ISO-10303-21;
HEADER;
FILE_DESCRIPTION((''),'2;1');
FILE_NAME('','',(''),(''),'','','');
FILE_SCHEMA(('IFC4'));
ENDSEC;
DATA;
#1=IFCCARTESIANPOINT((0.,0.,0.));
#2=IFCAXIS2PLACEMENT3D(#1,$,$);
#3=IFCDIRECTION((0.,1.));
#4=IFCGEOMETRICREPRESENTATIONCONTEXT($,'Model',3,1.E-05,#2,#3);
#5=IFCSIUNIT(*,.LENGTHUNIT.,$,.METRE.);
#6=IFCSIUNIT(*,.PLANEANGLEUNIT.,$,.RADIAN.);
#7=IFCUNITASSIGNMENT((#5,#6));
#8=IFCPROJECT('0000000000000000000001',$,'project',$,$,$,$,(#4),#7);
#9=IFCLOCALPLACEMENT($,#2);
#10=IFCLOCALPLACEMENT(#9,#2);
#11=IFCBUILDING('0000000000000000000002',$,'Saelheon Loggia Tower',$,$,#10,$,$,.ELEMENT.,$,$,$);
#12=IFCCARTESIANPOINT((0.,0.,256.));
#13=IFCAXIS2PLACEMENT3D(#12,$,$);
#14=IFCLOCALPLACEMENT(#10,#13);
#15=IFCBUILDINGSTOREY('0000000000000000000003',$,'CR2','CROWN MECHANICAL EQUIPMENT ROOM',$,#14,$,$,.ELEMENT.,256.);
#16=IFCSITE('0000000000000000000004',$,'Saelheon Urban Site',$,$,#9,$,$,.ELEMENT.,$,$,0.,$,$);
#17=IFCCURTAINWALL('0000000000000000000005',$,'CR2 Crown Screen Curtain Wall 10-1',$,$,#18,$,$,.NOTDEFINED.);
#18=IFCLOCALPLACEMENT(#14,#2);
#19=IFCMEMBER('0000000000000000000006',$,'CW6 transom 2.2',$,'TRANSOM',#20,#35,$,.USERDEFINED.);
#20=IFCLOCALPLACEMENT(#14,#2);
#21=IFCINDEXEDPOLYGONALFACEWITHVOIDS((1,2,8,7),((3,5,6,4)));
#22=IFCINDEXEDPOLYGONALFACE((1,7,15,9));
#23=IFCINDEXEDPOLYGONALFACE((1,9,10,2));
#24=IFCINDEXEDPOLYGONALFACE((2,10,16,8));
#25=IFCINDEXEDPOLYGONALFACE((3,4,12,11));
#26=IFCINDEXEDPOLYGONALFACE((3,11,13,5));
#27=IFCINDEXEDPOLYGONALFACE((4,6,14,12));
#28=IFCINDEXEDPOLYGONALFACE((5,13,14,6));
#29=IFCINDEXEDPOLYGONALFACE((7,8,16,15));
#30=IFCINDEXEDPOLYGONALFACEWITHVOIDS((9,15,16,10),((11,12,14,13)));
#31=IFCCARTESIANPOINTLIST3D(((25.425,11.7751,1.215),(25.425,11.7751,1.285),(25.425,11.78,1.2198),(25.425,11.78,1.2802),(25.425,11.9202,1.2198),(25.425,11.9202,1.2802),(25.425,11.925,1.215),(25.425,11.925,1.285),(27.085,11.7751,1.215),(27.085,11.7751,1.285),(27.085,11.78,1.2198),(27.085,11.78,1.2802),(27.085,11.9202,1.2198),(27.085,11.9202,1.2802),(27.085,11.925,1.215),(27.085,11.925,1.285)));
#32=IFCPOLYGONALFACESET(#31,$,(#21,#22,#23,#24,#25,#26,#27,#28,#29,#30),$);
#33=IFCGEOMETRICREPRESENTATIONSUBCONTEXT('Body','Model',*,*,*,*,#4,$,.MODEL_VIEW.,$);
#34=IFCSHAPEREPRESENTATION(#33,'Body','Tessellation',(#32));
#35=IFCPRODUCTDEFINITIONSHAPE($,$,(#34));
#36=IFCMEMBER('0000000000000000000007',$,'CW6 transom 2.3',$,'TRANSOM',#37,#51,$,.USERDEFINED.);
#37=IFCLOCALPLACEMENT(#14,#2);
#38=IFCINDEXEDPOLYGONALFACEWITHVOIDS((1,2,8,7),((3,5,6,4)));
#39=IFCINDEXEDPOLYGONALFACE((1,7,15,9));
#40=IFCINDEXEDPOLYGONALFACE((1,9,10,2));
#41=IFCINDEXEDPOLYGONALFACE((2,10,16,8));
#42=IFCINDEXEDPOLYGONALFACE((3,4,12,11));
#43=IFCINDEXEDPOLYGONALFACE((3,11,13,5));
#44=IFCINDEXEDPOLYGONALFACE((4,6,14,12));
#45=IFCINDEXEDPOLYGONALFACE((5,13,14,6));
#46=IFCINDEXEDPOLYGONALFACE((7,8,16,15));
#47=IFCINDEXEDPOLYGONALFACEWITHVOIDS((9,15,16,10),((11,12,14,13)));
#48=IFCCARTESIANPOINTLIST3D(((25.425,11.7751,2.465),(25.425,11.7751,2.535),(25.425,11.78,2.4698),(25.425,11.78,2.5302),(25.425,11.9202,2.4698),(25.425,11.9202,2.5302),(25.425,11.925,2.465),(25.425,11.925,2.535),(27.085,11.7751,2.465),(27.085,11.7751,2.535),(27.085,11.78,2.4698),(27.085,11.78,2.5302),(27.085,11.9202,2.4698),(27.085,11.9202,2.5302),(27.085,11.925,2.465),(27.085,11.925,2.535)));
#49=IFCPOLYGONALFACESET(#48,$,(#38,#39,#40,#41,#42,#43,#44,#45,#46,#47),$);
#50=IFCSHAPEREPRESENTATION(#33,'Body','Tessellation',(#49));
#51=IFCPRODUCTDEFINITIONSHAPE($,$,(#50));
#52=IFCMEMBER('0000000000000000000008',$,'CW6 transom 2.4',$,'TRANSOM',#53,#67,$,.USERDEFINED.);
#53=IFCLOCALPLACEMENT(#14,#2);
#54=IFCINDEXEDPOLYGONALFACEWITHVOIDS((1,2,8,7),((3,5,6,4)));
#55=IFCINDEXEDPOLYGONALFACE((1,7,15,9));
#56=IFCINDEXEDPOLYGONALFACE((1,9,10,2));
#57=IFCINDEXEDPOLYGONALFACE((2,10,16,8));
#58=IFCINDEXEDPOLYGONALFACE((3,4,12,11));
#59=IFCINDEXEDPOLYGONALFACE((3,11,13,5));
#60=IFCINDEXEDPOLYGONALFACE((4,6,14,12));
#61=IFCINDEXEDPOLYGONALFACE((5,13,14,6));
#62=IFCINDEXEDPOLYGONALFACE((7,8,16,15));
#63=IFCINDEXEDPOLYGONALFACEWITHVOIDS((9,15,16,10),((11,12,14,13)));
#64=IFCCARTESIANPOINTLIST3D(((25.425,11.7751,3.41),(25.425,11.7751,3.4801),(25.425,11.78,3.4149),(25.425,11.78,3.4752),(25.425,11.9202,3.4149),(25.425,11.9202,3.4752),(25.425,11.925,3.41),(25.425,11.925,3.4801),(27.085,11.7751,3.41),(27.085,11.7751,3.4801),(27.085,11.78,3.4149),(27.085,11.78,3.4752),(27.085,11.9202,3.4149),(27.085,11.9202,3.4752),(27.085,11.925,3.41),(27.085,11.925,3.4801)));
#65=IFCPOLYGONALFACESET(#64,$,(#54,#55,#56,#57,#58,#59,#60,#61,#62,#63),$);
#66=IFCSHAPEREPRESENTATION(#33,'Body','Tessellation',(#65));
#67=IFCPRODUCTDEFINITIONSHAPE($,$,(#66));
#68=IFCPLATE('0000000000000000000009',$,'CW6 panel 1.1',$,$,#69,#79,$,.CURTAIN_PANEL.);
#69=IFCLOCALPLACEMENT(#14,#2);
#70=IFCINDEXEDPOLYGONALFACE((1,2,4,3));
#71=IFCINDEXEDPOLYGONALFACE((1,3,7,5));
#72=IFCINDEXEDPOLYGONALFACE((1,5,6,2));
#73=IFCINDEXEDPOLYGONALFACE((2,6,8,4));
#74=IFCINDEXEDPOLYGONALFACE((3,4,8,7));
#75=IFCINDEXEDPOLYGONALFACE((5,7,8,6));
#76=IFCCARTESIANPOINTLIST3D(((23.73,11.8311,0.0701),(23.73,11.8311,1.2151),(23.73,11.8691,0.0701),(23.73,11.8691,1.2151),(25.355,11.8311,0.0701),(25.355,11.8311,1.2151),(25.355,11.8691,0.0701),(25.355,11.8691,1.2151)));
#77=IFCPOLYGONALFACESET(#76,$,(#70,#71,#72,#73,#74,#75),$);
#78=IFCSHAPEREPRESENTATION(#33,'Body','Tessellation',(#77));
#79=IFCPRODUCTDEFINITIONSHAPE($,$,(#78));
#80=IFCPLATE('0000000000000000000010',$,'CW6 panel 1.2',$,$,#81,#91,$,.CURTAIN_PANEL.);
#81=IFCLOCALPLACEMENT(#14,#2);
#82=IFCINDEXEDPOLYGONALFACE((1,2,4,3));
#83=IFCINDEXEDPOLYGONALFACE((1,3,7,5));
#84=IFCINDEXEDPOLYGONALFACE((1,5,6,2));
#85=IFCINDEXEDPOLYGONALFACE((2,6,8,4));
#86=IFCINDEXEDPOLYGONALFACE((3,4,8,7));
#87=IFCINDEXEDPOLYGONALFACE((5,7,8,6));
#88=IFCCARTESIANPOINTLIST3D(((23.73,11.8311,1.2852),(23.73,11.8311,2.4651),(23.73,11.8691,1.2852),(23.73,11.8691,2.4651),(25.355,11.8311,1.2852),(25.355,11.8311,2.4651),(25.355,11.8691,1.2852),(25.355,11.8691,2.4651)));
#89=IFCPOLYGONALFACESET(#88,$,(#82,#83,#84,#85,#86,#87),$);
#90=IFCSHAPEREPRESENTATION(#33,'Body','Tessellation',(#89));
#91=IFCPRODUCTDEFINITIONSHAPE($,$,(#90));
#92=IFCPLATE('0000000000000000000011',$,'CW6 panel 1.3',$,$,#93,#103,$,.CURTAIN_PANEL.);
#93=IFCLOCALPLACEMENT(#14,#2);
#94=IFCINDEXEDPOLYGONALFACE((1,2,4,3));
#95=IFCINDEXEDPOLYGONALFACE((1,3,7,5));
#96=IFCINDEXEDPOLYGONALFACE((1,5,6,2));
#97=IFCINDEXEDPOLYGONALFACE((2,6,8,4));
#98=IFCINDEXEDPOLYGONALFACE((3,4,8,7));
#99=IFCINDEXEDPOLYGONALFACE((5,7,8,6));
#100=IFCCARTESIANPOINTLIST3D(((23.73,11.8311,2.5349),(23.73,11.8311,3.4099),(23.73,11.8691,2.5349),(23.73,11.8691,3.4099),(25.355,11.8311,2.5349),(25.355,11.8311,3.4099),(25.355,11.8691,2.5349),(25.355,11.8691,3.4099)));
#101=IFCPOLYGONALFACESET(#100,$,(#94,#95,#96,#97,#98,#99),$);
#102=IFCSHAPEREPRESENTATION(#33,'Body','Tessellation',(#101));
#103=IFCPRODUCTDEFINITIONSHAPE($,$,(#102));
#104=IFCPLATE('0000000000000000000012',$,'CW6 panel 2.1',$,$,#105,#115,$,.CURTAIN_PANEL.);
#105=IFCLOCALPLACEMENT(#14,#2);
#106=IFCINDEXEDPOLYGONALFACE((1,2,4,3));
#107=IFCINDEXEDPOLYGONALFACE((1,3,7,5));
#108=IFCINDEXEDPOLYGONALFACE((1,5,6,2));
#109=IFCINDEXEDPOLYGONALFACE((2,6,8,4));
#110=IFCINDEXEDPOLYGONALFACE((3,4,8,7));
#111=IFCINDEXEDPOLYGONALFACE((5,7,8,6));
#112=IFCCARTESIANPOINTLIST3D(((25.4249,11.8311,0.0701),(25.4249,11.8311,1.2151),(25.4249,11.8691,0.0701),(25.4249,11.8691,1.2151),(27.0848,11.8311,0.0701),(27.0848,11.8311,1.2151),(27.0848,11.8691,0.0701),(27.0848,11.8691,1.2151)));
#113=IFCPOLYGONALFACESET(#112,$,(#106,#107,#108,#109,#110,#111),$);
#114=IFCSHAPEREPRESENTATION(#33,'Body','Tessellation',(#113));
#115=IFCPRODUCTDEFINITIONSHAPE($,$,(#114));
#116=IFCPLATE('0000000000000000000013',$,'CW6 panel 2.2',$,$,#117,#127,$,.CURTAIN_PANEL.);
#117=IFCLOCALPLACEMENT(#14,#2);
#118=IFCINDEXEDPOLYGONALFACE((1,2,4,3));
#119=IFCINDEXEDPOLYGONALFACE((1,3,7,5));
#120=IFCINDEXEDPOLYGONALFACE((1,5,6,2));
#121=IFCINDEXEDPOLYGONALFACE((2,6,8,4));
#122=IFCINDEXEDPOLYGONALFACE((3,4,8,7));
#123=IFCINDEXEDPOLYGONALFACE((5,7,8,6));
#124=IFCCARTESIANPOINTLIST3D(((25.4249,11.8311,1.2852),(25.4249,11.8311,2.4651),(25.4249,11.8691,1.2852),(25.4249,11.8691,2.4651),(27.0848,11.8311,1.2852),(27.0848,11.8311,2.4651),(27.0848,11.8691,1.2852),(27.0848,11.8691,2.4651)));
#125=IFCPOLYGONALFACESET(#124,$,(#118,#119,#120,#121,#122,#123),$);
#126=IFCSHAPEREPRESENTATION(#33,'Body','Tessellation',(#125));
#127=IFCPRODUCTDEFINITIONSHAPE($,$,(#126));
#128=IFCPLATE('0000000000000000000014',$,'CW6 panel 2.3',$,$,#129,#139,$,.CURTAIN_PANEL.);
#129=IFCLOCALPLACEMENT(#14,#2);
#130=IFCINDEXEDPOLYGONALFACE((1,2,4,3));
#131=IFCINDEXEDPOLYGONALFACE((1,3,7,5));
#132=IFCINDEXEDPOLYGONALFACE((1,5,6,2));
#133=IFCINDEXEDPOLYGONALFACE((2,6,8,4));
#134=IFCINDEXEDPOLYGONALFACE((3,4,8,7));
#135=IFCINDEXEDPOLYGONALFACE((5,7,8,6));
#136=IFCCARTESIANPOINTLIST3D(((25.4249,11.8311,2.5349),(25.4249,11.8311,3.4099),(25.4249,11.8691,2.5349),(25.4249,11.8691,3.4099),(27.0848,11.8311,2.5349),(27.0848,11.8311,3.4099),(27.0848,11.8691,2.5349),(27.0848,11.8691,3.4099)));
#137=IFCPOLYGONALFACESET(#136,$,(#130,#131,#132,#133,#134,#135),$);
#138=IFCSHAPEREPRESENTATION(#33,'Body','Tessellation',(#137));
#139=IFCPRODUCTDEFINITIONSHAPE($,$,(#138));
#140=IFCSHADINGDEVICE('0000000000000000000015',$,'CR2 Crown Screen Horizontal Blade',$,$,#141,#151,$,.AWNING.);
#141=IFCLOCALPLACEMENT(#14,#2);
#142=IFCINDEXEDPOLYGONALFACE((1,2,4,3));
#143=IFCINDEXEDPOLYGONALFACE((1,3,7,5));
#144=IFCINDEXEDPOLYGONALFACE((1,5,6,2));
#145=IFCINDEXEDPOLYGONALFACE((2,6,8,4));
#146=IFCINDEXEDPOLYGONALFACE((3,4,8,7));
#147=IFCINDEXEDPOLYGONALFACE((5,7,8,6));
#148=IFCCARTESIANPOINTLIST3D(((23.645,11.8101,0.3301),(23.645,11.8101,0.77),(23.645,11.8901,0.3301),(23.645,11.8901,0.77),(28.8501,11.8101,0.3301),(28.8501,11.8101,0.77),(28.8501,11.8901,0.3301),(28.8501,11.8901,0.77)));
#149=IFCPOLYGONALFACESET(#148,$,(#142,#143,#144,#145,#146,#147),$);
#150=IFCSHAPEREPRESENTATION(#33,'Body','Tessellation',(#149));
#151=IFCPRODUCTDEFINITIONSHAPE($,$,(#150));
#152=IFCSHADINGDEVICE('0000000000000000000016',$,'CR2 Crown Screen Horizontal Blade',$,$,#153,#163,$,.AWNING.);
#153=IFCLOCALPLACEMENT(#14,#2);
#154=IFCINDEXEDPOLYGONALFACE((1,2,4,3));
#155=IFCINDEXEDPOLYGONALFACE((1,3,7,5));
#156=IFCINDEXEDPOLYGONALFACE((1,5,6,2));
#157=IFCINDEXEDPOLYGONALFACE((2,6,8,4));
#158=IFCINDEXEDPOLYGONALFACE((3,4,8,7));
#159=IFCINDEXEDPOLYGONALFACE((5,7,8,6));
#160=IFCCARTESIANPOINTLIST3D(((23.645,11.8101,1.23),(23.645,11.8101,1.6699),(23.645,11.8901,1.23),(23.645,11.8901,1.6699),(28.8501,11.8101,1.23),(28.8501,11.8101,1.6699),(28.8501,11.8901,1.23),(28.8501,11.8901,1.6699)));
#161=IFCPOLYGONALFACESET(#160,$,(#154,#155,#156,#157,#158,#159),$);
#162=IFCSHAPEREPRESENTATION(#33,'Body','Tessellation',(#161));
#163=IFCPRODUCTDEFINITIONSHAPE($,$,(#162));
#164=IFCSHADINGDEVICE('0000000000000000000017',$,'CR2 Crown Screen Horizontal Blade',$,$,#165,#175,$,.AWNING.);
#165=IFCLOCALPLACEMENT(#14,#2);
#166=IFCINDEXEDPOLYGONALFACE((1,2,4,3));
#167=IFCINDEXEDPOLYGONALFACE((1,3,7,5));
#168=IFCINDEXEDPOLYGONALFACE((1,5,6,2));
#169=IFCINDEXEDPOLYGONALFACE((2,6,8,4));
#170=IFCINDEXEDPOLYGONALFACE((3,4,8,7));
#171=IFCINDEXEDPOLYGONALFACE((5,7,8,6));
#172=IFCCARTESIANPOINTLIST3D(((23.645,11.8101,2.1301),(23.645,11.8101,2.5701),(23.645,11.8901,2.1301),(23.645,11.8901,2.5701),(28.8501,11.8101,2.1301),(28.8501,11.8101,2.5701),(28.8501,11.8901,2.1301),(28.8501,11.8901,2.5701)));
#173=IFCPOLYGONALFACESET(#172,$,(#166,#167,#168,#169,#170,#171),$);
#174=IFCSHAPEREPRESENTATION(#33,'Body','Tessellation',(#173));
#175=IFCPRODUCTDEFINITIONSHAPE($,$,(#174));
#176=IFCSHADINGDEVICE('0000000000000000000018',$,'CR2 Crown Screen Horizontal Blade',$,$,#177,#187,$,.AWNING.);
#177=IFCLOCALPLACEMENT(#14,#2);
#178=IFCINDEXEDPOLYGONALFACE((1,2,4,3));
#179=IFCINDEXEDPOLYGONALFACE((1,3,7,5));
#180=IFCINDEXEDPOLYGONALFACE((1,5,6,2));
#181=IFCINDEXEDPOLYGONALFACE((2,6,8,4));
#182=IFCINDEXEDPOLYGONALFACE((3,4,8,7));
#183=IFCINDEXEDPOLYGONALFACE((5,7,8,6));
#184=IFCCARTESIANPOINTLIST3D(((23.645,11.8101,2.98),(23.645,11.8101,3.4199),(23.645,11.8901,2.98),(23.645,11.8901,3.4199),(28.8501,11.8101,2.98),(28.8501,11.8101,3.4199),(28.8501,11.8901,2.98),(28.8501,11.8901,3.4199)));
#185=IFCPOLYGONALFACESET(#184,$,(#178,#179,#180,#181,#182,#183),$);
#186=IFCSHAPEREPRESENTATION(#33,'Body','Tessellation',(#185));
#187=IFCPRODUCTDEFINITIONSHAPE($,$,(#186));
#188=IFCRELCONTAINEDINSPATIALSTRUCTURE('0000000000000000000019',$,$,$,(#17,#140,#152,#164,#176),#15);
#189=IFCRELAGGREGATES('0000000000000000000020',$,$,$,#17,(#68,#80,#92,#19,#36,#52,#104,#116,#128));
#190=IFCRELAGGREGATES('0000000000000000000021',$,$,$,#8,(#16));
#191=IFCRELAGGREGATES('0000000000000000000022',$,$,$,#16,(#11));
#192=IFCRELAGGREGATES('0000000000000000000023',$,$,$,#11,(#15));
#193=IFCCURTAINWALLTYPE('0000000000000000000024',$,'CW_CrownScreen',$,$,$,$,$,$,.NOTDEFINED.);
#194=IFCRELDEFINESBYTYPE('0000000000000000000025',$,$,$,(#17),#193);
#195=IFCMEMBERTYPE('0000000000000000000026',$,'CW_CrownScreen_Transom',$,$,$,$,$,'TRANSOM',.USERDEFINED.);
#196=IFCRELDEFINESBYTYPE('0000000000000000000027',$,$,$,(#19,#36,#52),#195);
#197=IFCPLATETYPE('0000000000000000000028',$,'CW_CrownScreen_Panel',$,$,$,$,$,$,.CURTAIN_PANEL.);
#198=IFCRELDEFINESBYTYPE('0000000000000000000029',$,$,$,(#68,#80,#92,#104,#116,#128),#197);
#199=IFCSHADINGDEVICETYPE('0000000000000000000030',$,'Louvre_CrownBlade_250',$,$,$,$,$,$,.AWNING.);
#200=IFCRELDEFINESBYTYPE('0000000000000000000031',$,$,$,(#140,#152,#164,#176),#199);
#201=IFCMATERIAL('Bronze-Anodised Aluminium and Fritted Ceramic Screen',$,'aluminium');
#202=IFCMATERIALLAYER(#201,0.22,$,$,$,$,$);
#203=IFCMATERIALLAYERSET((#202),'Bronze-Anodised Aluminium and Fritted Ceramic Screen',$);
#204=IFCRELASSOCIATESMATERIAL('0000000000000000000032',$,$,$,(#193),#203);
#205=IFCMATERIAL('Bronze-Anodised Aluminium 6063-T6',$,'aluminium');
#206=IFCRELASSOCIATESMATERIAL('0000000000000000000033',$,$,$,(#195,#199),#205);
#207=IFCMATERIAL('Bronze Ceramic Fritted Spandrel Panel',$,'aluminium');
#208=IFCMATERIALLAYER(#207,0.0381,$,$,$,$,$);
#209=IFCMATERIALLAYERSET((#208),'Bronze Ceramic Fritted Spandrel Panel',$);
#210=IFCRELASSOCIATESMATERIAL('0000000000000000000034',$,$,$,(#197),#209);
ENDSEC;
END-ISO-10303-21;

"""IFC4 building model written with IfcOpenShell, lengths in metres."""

from ifc_helpers import new_model, si_unit, direction, frame, origin, origin_2d, place, context, subcontext, project, spatial, rectangle, hollow_rectangle, extrude, source, transform, mapped, material, layer, layer_set, material_profile, profile_set, type_object, element, aggregate, save


model = new_model("IFC4")

# Units and contexts
model_context = context("Model", 3, precision=1e-05, world=origin(), true_north=direction((0.0, 1.0)))
body_context = subcontext(model_context, "Body", "Model", "MODEL_VIEW")
ifc_project = project(units=[si_unit("LENGTHUNIT", "METRE"), si_unit("PLANEANGLEUNIT", "RADIAN")], contexts=[model_context])

# Site, building, storey
site_placement = place(None, origin())
site = spatial("IfcSite", under=ifc_project, at=site_placement, Name="Saelheon Urban Site", CompositionType="ELEMENT", RefElevation=0.0)
building_placement = place(site_placement, origin())
building = spatial("IfcBuilding", under=site, at=building_placement, Name="Saelheon Loggia Tower", CompositionType="ELEMENT")
storey_placement = place(building_placement, frame((0.0, 0.0, 256.0)))
storey = spatial("IfcBuildingStorey", under=building, at=storey_placement, Name="CR2", Description="CROWN MECHANICAL EQUIPMENT ROOM", CompositionType="ELEMENT", Elevation=256.0)

# Curtain wall, members, plates
ifc_material_1 = material(Name="Bronze-Anodised Aluminium and Fritted Ceramic Screen", Category="aluminium")
ifc_layer_1 = layer(ifc_material_1, 0.22)
ifc_layer_set_1 = layer_set([ifc_layer_1], Name="Bronze-Anodised Aluminium and Fritted Ceramic Screen")
curtain_wall_type = type_object("IfcCurtainWallType", Name="CW_CrownScreen", PredefinedType="NOTDEFINED", material=ifc_layer_set_1)
curtain_wall_placement = place(storey_placement, origin())
curtain_wall = element("IfcCurtainWall", 1, at=curtain_wall_placement, inside=storey, type_object=curtain_wall_type, Name="CR2 Crown Screen Curtain Wall 10-1", PredefinedType="NOTDEFINED")
ifc_material_2 = material(Name="Bronze-Anodised Aluminium 6063-T6", Category="aluminium")
ifc_material_profile_1 = material_profile(ifc_material_2, hollow_rectangle(XDim=0.0701, YDim=0.1499, WallThickness=0.0049, at=origin_2d()), Name="RHS-150x70x5")
ifc_profile_set_1 = profile_set([ifc_material_profile_1], Name="Bronze-Anodised Aluminium 6063-T6")
member_type_1 = type_object("IfcMemberType", Name="CW_CrownScreen_Transom", ElementType="TRANSOM", PredefinedType="USERDEFINED", material=ifc_profile_set_1)
shared_shape_1 = source(origin(), body_context, "Body", "SweptSolid", [
    extrude(hollow_rectangle(XDim=0.0701, YDim=0.1499, WallThickness=0.0049, at=origin_2d()), origin(), (0.0, 0.0, 1.0), 1.6599),
])
member_1_placement = place(storey_placement, frame((25.425, 11.8501, 1.25), z_axis=(1.0, 0.0, 0.0), x_axis=(0.0, 0.0, 1.0)))
member_1 = element("IfcMember", 2, at=member_1_placement, type_object=member_type_1, Name="CW6 transom 2.2", ObjectType="TRANSOM", PredefinedType="USERDEFINED", context=body_context, shape_type="MappedRepresentation", body=[
    mapped(shared_shape_1, transform((0.0, 0.0, 0.0), scale=1.0)),
])
member_2_placement = place(storey_placement, frame((25.425, 11.8501, 2.5), z_axis=(1.0, 0.0, 0.0), x_axis=(0.0, 0.0, 1.0)))
member_2 = element("IfcMember", 3, at=member_2_placement, type_object=member_type_1, Name="CW6 transom 2.3", ObjectType="TRANSOM", PredefinedType="USERDEFINED", context=body_context, shape_type="MappedRepresentation", body=[
    mapped(shared_shape_1, transform((0.0, 0.0, 0.0), scale=1.0)),
])
member_3_placement = place(storey_placement, frame((25.425, 11.8501, 3.4451), z_axis=(1.0, 0.0, 0.0), x_axis=(0.0, 0.0, 1.0)))
member_3 = element("IfcMember", 4, at=member_3_placement, type_object=member_type_1, Name="CW6 transom 2.4", ObjectType="TRANSOM", PredefinedType="USERDEFINED", context=body_context, shape_type="MappedRepresentation", body=[
    mapped(shared_shape_1, transform((0.0, 0.0, 0.0), scale=1.0)),
])
ifc_material_3 = material(Name="Bronze Ceramic Fritted Spandrel Panel", Category="aluminium")
ifc_layer_2 = layer(ifc_material_3, 0.0381)
ifc_layer_set_2 = layer_set([ifc_layer_2], Name="Bronze Ceramic Fritted Spandrel Panel")
plate_type = type_object("IfcPlateType", Name="CW_CrownScreen_Panel", PredefinedType="CURTAIN_PANEL", material=ifc_layer_set_2)
shared_shape_2 = source(origin(), body_context, "Body", "SweptSolid", [
    extrude(rectangle(XDim=1.625, YDim=0.0381, at=origin_2d()), origin(), (0.0, 0.0, 1.0), 1.145),
])
plate_1_placement = place(storey_placement, frame((24.5425, 11.8501, 0.0701), z_axis=(0.0, 0.0, 1.0), x_axis=(1.0, 0.0, 0.0)))
plate_1 = element("IfcPlate", 5, at=plate_1_placement, type_object=plate_type, Name="CW6 panel 1.1", PredefinedType="CURTAIN_PANEL", context=body_context, shape_type="MappedRepresentation", body=[
    mapped(shared_shape_2, transform((0.0, 0.0, 0.0), scale=1.0)),
])
shared_shape_3 = source(origin(), body_context, "Body", "SweptSolid", [
    extrude(rectangle(XDim=1.625, YDim=0.0381, at=origin_2d()), origin(), (0.0, 0.0, 1.0), 1.1799),
])
plate_2_placement = place(storey_placement, frame((24.5425, 11.8501, 1.2852), z_axis=(0.0, 0.0, 1.0), x_axis=(1.0, 0.0, 0.0)))
plate_2 = element("IfcPlate", 6, at=plate_2_placement, type_object=plate_type, Name="CW6 panel 1.2", PredefinedType="CURTAIN_PANEL", context=body_context, shape_type="MappedRepresentation", body=[
    mapped(shared_shape_3, transform((0.0, 0.0, 0.0), scale=1.0)),
])
shared_shape_4 = source(origin(), body_context, "Body", "SweptSolid", [
    extrude(rectangle(XDim=1.625, YDim=0.0381, at=origin_2d()), origin(), (0.0, 0.0, 1.0), 0.875),
])
plate_3_placement = place(storey_placement, frame((24.5425, 11.8501, 2.5349), z_axis=(0.0, 0.0, 1.0), x_axis=(1.0, 0.0, 0.0)))
plate_3 = element("IfcPlate", 7, at=plate_3_placement, type_object=plate_type, Name="CW6 panel 1.3", PredefinedType="CURTAIN_PANEL", context=body_context, shape_type="MappedRepresentation", body=[
    mapped(shared_shape_4, transform((0.0, 0.0, 0.0), scale=1.0)),
])
shared_shape_5 = source(origin(), body_context, "Body", "SweptSolid", [
    extrude(rectangle(XDim=1.6599, YDim=0.0381, at=origin_2d()), origin(), (0.0, 0.0, 1.0), 1.145),
])
plate_4_placement = place(storey_placement, frame((26.2549, 11.8501, 0.0701), z_axis=(0.0, 0.0, 1.0), x_axis=(1.0, 0.0, 0.0)))
plate_4 = element("IfcPlate", 8, at=plate_4_placement, type_object=plate_type, Name="CW6 panel 2.1", PredefinedType="CURTAIN_PANEL", context=body_context, shape_type="MappedRepresentation", body=[
    mapped(shared_shape_5, transform((0.0, 0.0, 0.0), scale=1.0)),
])
shared_shape_6 = source(origin(), body_context, "Body", "SweptSolid", [
    extrude(rectangle(XDim=1.6599, YDim=0.0381, at=origin_2d()), origin(), (0.0, 0.0, 1.0), 1.1799),
])
plate_5_placement = place(storey_placement, frame((26.2549, 11.8501, 1.2852), z_axis=(0.0, 0.0, 1.0), x_axis=(1.0, 0.0, 0.0)))
plate_5 = element("IfcPlate", 9, at=plate_5_placement, type_object=plate_type, Name="CW6 panel 2.2", PredefinedType="CURTAIN_PANEL", context=body_context, shape_type="MappedRepresentation", body=[
    mapped(shared_shape_6, transform((0.0, 0.0, 0.0), scale=1.0)),
])
shared_shape_7 = source(origin(), body_context, "Body", "SweptSolid", [
    extrude(rectangle(XDim=1.6599, YDim=0.0381, at=origin_2d()), origin(), (0.0, 0.0, 1.0), 0.875),
])
plate_6_placement = place(storey_placement, frame((26.2549, 11.8501, 2.5349), z_axis=(0.0, 0.0, 1.0), x_axis=(1.0, 0.0, 0.0)))
plate_6 = element("IfcPlate", 10, at=plate_6_placement, type_object=plate_type, Name="CW6 panel 2.3", PredefinedType="CURTAIN_PANEL", context=body_context, shape_type="MappedRepresentation", body=[
    mapped(shared_shape_7, transform((0.0, 0.0, 0.0), scale=1.0)),
])
aggregate(curtain_wall, [plate_1, plate_2, plate_3, member_1, member_2, member_3, plate_4, plate_5, plate_6])

# Shading devices
ifc_material_profile_2 = material_profile(ifc_material_2, rectangle(XDim=0.0801, YDim=0.4399, at=origin_2d()), Name="Louvre_CrownBlade_250")
ifc_profile_set_2 = profile_set([ifc_material_profile_2], Name="Bronze-Anodised Aluminium 6063-T6")
shading_device_type = type_object("IfcShadingDeviceType", Name="Louvre_CrownBlade_250", PredefinedType="AWNING", material=ifc_profile_set_2)
shared_shape_8 = source(origin(), body_context, "Body", "SweptSolid", [
    extrude(rectangle(XDim=0.0801, YDim=0.4399, at=origin_2d()), origin(), (0.0, 0.0, 1.0), 5.2051),
])
for number, where, z_axis, x_axis, name in (
    (11, (23.645, 11.8501, 0.55), (1.0, 0.0, 0.0), (0.0, 1.0, 0.0), "CR2 Crown Screen Horizontal Blade"),
    (12, (23.645, 11.8501, 1.45), (1.0, 0.0, 0.0), (0.0, 1.0, 0.0), "CR2 Crown Screen Horizontal Blade"),
    (13, (23.645, 11.8501, 2.3501), (1.0, 0.0, 0.0), (0.0, 1.0, 0.0), "CR2 Crown Screen Horizontal Blade"),
    (14, (23.645, 11.8501, 3.2), (1.0, 0.0, 0.0), (0.0, 1.0, 0.0), "CR2 Crown Screen Horizontal Blade"),
):
    element("IfcShadingDevice", number, at=place(storey_placement, frame(where, z_axis=z_axis, x_axis=x_axis)), inside=storey, type_object=shading_device_type, Name=name, PredefinedType="AWNING", context=body_context, shape_type="MappedRepresentation", body=[
        mapped(shared_shape_8, transform((0.0, 0.0, 0.0), scale=1.0)),
    ])

save(model, "model.ifc")
